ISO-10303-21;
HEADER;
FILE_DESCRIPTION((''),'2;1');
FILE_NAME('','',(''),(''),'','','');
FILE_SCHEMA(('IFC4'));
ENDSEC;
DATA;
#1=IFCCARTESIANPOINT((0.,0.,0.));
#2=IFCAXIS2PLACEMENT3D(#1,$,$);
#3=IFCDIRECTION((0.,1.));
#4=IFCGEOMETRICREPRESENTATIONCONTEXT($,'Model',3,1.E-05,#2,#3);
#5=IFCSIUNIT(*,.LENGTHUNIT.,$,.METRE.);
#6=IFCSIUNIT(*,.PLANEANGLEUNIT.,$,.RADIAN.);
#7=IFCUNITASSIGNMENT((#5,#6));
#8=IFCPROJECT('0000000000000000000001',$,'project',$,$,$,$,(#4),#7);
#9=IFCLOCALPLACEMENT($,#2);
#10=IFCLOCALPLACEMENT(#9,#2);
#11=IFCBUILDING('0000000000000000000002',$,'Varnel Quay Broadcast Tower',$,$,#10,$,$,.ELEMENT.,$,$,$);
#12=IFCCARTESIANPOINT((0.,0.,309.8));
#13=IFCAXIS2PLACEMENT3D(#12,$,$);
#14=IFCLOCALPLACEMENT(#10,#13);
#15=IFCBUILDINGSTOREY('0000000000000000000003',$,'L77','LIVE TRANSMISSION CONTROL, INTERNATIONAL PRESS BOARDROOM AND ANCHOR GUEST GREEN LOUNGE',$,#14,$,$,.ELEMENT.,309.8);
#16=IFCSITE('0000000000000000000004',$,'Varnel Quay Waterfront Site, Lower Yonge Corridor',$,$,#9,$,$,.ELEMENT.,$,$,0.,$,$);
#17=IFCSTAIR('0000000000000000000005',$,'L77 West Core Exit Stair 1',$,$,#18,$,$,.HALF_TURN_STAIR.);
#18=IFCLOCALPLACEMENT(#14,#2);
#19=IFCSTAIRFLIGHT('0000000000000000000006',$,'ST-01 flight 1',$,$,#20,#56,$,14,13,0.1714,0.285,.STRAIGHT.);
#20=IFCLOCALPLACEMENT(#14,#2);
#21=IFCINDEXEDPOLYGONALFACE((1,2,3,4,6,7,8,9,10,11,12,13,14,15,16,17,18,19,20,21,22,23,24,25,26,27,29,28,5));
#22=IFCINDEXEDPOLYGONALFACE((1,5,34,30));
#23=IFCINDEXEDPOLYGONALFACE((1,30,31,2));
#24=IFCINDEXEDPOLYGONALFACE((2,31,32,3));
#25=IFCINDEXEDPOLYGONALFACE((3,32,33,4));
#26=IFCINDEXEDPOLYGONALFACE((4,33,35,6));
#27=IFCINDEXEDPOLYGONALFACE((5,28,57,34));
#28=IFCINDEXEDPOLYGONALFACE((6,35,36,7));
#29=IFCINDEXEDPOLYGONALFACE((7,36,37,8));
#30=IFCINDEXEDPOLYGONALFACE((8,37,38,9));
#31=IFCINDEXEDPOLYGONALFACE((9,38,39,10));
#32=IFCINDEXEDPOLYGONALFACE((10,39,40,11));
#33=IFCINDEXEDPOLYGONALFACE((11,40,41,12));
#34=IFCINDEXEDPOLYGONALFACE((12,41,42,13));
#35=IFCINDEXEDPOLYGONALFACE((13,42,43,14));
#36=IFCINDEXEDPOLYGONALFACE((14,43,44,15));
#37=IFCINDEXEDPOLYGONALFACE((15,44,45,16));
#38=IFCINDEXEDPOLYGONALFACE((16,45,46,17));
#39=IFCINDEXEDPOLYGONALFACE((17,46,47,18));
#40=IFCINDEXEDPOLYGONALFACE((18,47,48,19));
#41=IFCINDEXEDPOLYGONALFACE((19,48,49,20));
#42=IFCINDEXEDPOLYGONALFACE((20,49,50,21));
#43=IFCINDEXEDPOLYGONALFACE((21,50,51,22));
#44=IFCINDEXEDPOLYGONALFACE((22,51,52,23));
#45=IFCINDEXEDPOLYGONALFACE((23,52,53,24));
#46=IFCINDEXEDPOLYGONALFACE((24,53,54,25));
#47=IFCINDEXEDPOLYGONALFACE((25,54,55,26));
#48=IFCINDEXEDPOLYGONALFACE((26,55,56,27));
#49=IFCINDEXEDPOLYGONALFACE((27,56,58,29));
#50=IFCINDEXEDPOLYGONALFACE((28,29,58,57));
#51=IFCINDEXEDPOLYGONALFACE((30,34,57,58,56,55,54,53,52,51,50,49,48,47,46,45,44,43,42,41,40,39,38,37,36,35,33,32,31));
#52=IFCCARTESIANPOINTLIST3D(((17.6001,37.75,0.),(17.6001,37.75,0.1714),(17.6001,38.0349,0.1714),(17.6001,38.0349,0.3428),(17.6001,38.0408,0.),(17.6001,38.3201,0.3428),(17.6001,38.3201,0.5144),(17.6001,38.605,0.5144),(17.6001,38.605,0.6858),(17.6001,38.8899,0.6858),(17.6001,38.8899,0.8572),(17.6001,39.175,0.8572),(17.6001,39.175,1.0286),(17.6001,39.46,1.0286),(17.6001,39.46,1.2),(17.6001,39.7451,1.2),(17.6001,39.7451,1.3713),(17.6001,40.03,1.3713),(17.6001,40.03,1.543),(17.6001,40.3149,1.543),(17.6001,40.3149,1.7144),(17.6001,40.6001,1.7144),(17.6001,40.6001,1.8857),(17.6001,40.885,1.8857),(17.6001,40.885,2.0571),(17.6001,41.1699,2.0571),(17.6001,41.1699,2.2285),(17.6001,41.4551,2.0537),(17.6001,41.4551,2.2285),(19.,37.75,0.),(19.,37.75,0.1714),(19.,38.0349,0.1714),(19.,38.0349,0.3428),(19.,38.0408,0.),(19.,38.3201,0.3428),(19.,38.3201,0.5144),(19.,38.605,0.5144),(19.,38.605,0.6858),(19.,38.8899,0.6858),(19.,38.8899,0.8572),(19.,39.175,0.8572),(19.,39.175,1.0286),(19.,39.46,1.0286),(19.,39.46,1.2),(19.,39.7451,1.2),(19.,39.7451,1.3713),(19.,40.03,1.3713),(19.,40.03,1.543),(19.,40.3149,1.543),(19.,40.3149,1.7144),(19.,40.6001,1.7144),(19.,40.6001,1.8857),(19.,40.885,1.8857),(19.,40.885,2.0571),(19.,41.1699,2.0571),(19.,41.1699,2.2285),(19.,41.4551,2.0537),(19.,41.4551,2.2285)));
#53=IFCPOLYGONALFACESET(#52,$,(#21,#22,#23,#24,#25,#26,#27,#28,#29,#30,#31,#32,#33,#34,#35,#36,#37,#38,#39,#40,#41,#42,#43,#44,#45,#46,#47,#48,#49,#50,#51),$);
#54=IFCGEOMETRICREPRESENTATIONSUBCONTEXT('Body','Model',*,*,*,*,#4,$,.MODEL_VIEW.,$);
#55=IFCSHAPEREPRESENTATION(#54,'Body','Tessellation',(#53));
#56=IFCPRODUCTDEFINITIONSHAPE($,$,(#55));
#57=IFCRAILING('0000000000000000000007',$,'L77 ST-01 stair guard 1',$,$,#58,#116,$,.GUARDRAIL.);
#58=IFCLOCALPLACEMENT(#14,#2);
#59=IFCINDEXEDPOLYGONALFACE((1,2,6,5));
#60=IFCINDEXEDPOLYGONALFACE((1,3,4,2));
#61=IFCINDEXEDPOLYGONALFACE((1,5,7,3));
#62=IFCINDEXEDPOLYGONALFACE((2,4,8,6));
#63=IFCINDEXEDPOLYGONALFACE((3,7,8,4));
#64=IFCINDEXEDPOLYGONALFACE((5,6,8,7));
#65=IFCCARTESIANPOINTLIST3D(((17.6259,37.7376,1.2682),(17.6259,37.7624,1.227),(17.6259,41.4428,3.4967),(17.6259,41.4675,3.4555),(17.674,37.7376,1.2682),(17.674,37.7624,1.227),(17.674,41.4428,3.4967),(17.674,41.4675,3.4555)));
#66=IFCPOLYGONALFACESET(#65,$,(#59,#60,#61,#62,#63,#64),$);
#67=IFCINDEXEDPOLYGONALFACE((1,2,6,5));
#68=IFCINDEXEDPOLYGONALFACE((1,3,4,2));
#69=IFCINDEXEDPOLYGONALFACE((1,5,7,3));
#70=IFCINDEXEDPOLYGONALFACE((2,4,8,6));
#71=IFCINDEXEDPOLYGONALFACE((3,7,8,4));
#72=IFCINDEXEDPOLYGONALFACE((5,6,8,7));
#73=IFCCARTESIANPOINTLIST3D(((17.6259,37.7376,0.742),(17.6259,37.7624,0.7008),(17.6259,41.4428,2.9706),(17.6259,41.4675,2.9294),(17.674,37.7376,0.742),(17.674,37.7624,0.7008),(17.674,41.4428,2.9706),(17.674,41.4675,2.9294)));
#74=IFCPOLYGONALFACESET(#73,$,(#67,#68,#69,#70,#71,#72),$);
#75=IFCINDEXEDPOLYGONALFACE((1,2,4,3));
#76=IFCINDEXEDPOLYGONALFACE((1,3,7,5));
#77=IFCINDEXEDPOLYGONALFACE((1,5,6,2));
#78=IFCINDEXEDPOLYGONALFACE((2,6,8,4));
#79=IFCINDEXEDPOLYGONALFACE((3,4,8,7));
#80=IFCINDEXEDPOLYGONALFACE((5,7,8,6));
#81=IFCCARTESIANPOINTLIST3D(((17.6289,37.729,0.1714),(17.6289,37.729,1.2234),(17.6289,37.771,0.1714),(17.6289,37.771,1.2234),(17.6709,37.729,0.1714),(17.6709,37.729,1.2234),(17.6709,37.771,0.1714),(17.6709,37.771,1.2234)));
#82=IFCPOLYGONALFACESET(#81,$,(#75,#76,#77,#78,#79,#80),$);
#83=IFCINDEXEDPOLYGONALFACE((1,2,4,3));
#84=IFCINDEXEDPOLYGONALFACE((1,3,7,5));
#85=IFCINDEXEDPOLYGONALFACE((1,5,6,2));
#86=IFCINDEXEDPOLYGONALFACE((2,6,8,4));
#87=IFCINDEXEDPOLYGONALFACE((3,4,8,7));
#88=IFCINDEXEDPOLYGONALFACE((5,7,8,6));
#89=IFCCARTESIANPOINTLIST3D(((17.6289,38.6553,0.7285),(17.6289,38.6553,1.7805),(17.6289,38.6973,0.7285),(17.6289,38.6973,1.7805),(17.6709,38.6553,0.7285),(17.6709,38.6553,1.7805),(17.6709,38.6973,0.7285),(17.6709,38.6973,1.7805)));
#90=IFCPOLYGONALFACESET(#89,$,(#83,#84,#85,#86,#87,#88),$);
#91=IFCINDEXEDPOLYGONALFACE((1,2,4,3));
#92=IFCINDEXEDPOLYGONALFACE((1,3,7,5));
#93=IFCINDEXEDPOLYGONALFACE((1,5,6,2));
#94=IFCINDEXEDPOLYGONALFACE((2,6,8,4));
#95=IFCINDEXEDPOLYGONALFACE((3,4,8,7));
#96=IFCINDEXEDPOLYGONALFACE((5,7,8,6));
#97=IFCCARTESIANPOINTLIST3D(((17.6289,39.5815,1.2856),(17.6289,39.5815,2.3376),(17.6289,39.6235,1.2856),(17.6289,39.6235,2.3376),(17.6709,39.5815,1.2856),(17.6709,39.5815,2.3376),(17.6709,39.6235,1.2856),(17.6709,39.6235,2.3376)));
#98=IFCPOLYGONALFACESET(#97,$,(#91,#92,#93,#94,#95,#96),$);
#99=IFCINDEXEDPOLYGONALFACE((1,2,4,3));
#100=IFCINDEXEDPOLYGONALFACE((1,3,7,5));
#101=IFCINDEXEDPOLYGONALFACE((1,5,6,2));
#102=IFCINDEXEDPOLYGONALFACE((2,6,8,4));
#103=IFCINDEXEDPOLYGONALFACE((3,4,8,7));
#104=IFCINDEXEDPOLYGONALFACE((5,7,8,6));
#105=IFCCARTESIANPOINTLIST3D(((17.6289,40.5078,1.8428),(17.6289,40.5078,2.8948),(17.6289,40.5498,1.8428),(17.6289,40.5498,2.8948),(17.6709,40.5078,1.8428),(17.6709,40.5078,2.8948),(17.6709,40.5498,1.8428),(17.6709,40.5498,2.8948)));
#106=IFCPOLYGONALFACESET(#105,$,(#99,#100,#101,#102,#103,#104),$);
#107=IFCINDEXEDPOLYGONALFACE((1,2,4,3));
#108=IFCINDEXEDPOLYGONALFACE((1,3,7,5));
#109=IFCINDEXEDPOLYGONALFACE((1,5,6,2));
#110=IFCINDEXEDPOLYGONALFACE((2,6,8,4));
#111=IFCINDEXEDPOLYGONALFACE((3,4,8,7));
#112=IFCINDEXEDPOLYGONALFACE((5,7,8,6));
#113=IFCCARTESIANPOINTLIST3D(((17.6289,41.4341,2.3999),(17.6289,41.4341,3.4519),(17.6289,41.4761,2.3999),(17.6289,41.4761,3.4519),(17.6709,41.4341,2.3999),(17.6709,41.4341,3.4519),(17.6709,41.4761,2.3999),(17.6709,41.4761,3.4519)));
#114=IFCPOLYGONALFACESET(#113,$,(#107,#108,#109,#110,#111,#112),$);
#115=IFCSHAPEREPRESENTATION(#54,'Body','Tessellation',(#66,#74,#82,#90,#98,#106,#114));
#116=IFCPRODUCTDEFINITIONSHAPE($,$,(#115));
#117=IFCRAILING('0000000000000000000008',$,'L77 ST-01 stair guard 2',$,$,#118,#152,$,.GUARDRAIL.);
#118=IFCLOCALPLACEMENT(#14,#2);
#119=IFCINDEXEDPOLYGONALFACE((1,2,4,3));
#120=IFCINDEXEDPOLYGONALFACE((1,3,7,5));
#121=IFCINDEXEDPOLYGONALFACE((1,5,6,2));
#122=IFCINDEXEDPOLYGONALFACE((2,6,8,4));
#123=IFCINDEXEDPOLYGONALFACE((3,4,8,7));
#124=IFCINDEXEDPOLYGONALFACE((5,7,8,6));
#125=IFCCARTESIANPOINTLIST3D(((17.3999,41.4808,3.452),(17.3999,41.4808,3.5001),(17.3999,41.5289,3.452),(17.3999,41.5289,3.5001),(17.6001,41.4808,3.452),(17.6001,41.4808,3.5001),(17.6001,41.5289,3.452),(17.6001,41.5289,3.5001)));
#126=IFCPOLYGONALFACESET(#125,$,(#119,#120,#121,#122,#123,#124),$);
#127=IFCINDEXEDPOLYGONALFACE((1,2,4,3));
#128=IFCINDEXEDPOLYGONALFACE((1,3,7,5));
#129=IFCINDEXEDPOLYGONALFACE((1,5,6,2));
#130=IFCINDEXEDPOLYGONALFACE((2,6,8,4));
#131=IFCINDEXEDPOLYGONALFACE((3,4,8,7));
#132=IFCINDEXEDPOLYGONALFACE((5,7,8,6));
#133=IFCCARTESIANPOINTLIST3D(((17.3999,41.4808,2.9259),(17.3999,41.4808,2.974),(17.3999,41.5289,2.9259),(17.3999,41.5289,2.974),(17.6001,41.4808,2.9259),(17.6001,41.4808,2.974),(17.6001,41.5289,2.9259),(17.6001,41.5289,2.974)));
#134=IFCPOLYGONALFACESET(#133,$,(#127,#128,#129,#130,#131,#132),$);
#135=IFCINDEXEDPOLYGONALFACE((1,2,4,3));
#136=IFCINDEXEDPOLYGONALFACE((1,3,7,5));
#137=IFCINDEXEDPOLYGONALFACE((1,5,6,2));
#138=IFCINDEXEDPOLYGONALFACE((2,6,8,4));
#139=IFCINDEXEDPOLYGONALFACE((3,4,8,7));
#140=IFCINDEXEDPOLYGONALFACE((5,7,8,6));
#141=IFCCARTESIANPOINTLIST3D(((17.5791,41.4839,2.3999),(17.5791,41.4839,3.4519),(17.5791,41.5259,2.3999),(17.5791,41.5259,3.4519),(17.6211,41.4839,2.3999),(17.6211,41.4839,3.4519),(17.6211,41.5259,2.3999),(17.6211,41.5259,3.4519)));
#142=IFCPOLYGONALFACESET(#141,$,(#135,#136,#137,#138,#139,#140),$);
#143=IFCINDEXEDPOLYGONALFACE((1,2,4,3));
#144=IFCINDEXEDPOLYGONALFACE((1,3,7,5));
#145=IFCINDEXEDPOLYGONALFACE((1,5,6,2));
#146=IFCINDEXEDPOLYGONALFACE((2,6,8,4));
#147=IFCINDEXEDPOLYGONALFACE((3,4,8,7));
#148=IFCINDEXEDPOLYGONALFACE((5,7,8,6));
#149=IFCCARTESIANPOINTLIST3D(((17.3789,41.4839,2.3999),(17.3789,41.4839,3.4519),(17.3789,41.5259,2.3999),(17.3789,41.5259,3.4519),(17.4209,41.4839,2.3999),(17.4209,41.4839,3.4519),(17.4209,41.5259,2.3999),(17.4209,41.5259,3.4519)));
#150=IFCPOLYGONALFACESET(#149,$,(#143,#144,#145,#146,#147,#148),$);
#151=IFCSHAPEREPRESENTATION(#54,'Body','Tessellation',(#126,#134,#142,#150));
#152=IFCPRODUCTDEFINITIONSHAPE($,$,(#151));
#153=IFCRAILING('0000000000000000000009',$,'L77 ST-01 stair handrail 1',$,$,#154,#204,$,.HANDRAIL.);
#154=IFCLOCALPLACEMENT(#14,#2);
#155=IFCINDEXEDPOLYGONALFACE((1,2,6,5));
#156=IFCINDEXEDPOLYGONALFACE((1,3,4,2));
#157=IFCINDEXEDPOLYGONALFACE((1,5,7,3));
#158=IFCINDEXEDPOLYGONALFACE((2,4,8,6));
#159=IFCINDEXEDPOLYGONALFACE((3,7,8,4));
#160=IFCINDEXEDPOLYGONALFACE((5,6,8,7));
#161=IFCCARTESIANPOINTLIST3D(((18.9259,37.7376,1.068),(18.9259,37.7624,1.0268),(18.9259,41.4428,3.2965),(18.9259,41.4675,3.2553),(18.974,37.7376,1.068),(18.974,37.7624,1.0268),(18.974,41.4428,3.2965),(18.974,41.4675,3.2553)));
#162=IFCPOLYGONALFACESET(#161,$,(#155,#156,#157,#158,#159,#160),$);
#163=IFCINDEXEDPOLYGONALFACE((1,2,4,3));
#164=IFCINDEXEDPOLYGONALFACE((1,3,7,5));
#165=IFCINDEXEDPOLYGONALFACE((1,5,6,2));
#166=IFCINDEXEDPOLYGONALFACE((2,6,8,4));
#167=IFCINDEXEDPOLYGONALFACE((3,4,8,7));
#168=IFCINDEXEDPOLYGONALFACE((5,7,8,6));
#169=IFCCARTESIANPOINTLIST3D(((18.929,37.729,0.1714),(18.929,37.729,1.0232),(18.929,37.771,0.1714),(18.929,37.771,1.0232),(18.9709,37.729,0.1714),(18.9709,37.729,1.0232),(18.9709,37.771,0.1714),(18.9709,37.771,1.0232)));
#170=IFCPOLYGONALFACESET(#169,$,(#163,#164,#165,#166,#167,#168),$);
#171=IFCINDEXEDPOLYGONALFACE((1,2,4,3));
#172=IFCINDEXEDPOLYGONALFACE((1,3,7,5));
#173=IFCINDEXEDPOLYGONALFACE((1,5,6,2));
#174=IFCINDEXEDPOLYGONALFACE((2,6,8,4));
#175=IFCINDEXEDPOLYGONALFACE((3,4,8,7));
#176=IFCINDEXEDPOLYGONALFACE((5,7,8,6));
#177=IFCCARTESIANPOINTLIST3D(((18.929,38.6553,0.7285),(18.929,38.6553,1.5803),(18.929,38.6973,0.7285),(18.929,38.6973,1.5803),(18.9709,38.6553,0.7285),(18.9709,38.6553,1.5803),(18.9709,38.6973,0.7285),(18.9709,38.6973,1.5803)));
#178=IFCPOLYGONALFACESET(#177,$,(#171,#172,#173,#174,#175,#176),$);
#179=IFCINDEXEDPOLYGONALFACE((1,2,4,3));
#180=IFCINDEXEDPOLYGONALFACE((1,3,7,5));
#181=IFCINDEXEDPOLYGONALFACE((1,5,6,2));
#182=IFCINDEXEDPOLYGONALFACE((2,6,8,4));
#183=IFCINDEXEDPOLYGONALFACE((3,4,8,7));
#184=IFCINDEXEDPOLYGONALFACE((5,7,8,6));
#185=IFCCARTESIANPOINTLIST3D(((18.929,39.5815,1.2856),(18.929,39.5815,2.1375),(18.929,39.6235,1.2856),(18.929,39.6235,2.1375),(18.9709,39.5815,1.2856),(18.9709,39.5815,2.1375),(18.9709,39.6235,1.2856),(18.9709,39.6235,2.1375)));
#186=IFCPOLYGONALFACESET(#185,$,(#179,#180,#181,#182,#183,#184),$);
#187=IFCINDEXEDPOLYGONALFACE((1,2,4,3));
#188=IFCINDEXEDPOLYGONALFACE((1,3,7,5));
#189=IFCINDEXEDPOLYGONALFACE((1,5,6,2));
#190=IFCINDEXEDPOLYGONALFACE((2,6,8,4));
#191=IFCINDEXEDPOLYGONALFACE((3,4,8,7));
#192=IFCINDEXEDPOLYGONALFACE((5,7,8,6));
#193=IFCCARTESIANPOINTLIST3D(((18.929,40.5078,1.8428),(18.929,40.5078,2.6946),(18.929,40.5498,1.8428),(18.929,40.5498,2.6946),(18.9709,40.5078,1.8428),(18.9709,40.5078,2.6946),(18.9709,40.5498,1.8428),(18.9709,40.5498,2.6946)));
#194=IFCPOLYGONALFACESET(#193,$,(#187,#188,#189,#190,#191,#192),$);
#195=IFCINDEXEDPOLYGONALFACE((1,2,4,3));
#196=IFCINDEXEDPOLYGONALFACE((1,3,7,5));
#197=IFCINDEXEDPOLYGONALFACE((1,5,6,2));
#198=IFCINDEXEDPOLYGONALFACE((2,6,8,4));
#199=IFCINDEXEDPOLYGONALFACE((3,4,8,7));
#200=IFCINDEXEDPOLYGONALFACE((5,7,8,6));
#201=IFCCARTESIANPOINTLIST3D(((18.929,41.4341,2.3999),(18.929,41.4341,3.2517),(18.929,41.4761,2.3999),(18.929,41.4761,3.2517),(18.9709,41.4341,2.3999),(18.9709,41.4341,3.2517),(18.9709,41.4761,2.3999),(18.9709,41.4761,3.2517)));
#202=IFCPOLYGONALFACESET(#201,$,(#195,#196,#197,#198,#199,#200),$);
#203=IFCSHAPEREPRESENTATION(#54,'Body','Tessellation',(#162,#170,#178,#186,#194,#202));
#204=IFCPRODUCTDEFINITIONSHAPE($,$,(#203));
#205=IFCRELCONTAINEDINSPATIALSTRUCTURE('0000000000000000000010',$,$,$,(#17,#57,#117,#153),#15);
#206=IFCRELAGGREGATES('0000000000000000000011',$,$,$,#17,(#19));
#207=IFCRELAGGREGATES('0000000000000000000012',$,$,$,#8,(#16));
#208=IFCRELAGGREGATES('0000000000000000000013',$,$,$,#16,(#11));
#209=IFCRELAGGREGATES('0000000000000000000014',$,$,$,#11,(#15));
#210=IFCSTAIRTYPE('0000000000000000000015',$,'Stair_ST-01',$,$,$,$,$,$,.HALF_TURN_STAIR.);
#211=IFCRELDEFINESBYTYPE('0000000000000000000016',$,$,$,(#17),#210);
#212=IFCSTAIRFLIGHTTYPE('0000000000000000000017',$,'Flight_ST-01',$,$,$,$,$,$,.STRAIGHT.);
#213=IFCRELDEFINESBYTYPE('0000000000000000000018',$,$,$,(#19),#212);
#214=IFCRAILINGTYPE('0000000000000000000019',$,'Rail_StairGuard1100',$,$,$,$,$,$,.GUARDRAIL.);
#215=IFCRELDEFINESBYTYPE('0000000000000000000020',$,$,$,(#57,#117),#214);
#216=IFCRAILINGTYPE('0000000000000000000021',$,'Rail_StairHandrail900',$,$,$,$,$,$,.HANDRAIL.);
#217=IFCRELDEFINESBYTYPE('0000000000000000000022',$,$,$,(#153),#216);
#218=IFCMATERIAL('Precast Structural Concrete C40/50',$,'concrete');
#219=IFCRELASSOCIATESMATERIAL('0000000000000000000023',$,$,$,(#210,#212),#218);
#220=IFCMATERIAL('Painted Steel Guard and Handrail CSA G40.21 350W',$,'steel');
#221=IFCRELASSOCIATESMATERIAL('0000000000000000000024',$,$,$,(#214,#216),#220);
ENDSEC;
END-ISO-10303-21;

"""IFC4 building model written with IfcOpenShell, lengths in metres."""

from ifc_helpers import new_model, si_unit, direction, frame, origin, origin_2d, place, context, subcontext, project, spatial, polyline, rectangle, outline, extrude, material, type_object, element, aggregate, save


model = new_model("IFC4")

# Units and contexts
model_context = context("Model", 3, precision=1e-05, world=origin(), true_north=direction((0.0, 1.0)))
body_context = subcontext(model_context, "Body", "Model", "MODEL_VIEW")
ifc_project = project(units=[si_unit("LENGTHUNIT", "METRE"), si_unit("PLANEANGLEUNIT", "RADIAN")], contexts=[model_context])

# Site, building, storey
site_placement = place(None, origin())
site = spatial("IfcSite", under=ifc_project, at=site_placement, Name="Varnel Quay Waterfront Site, Lower Yonge Corridor", CompositionType="ELEMENT", RefElevation=0.0)
building_placement = place(site_placement, origin())
building = spatial("IfcBuilding", under=site, at=building_placement, Name="Varnel Quay Broadcast Tower", CompositionType="ELEMENT")
storey_placement = place(building_placement, frame((0.0, 0.0, 309.8)))
storey = spatial("IfcBuildingStorey", under=building, at=storey_placement, Name="L77", Description="LIVE TRANSMISSION CONTROL, INTERNATIONAL PRESS BOARDROOM AND ANCHOR GUEST GREEN LOUNGE", CompositionType="ELEMENT", Elevation=309.8)

# Stair, stair flight
ifc_material_1 = material(Name="Precast Structural Concrete C40/50", Category="concrete")
stair_type = type_object("IfcStairType", Name="Stair_ST-01", PredefinedType="HALF_TURN_STAIR", material=ifc_material_1)
stair_placement = place(storey_placement, origin())
stair = element("IfcStair", 1, at=stair_placement, inside=storey, type_object=stair_type, Name="L77 West Core Exit Stair 1", PredefinedType="HALF_TURN_STAIR")
stair_flight_type = type_object("IfcStairFlightType", Name="Flight_ST-01", PredefinedType="STRAIGHT", material=ifc_material_1)
stair_flight_placement = place(storey_placement, frame((18.3, 37.75, 0.0), z_axis=(0.0, 0.0, 1.0), x_axis=(0.0, 1.0, 0.0)))
stair_flight = element("IfcStairFlight", 2, at=stair_flight_placement, type_object=stair_flight_type, Name="ST-01 flight 1", NumberOfRisers=14, NumberOfTreads=13, PredefinedType="STRAIGHT", RiserHeight=0.1714, TreadLength=0.285, context=body_context, shape_type="SweptSolid", body=[
    extrude(outline(polyline([(0.0, 0.0), (0.0, 0.1714), (0.2849, 0.1714), (0.2849, 0.3428), (0.5701, 0.3428), (0.5701, 0.5144), (0.855, 0.5144), (0.855, 0.6858), (1.1399, 0.6858), (1.1399, 0.8572), (1.425, 0.8572), (1.425, 1.0286), (1.71, 1.0286), (1.71, 1.2), (1.9951, 1.2), (1.9951, 1.3713), (2.28, 1.3713), (2.28, 1.543), (2.5649, 1.543), (2.5649, 1.7144), (2.8501, 1.7144), (2.8501, 1.8857), (3.135, 1.8857), (3.135, 2.0571), (3.4199, 2.0571), (3.4199, 2.2285), (3.7051, 2.2285), (3.7051, 2.3999), (3.7051, 2.0537), (0.2908, 0.0), (0.0, 0.0)])), frame((0.0, 0.7, 0.0), z_axis=(0.0, -1.0, 0.0), x_axis=(1.0, 0.0, 0.0)), (0.0, 0.0, 1.0), 1.3999),
])
aggregate(stair, [stair_flight])

# Railings
ifc_material_2 = material(Name="Painted Steel Guard and Handrail CSA G40.21 350W", Category="steel")
railing_type_1 = type_object("IfcRailingType", Name="Rail_StairGuard1100", PredefinedType="GUARDRAIL", material=ifc_material_2)
railing_1_placement = place(storey_placement, frame((17.6499, 37.75, 0.1714)))
element("IfcRailing", 3, at=railing_1_placement, inside=storey, type_object=railing_type_1, Name="L77 ST-01 stair guard 1", PredefinedType="GUARDRAIL", context=body_context, shape_type="SweptSolid", body=[
    extrude(rectangle(XDim=0.0481, YDim=0.0481, at=origin_2d()), frame((0.0, 0.0, 1.0762), z_axis=(0.0, 0.856934, 0.515425), x_axis=(-1.0, 0.0, 0.0)), (0.0, 0.0, 1.0), 4.3237),
    extrude(rectangle(XDim=0.0481, YDim=0.0481, at=origin_2d()), frame((0.0, 0.0, 0.55), z_axis=(0.0, 0.856934, 0.515425), x_axis=(-1.0, 0.0, 0.0)), (0.0, 0.0, 1.0), 4.3237),
    extrude(rectangle(XDim=0.042, YDim=0.042, at=origin_2d()), origin(), (0.0, 0.0, 1.0), 1.052),
    extrude(rectangle(XDim=0.042, YDim=0.042, at=origin_2d()), frame((0.0, 0.9263, 0.5571)), (0.0, 0.0, 1.0), 1.052),
    extrude(rectangle(XDim=0.042, YDim=0.042, at=origin_2d()), frame((0.0, 1.8525, 1.1143)), (0.0, 0.0, 1.0), 1.052),
    extrude(rectangle(XDim=0.042, YDim=0.042, at=origin_2d()), frame((0.0, 2.7788, 1.6714)), (0.0, 0.0, 1.0), 1.052),
    extrude(rectangle(XDim=0.042, YDim=0.042, at=origin_2d()), frame((0.0, 3.7051, 2.2285)), (0.0, 0.0, 1.0), 1.052),
])
railing_2_placement = place(storey_placement, frame((17.6001, 41.5049, 2.3999)))
element("IfcRailing", 4, at=railing_2_placement, inside=storey, type_object=railing_type_1, Name="L77 ST-01 stair guard 2", PredefinedType="GUARDRAIL", context=body_context, shape_type="SweptSolid", body=[
    extrude(rectangle(XDim=0.0481, YDim=0.0481, at=origin_2d()), frame((0.0, 0.0, 1.0762), z_axis=(-1.0, 0.0, 0.0), x_axis=(0.0, -1.0, 0.0)), (0.0, 0.0, 1.0), 0.2002),
    extrude(rectangle(XDim=0.0481, YDim=0.0481, at=origin_2d()), frame((0.0, 0.0, 0.55), z_axis=(-1.0, 0.0, 0.0), x_axis=(0.0, -1.0, 0.0)), (0.0, 0.0, 1.0), 0.2002),
    extrude(rectangle(XDim=0.042, YDim=0.042, at=origin_2d()), origin(), (0.0, 0.0, 1.0), 1.052),
    extrude(rectangle(XDim=0.042, YDim=0.042, at=origin_2d()), frame((-0.2002, 0.0, 0.0)), (0.0, 0.0, 1.0), 1.052),
])
railing_type_2 = type_object("IfcRailingType", Name="Rail_StairHandrail900", PredefinedType="HANDRAIL", material=ifc_material_2)
railing_3_placement = place(storey_placement, frame((18.95, 37.75, 0.1714)))
element("IfcRailing", 5, at=railing_3_placement, inside=storey, type_object=railing_type_2, Name="L77 ST-01 stair handrail 1", PredefinedType="HANDRAIL", context=body_context, shape_type="SweptSolid", body=[
    extrude(rectangle(XDim=0.0481, YDim=0.0481, at=origin_2d()), frame((0.0, 0.0, 0.876), z_axis=(0.0, 0.856934, 0.515425), x_axis=(-1.0, 0.0, 0.0)), (0.0, 0.0, 1.0), 4.3237),
    extrude(rectangle(XDim=0.042, YDim=0.042, at=origin_2d()), origin(), (0.0, 0.0, 1.0), 0.8518),
    extrude(rectangle(XDim=0.042, YDim=0.042, at=origin_2d()), frame((0.0, 0.9263, 0.5571)), (0.0, 0.0, 1.0), 0.8518),
    extrude(rectangle(XDim=0.042, YDim=0.042, at=origin_2d()), frame((0.0, 1.8525, 1.1143)), (0.0, 0.0, 1.0), 0.8518),
    extrude(rectangle(XDim=0.042, YDim=0.042, at=origin_2d()), frame((0.0, 2.7788, 1.6714)), (0.0, 0.0, 1.0), 0.8518),
    extrude(rectangle(XDim=0.042, YDim=0.042, at=origin_2d()), frame((0.0, 3.7051, 2.2285)), (0.0, 0.0, 1.0), 0.8518),
])

save(model, "model.ifc")
